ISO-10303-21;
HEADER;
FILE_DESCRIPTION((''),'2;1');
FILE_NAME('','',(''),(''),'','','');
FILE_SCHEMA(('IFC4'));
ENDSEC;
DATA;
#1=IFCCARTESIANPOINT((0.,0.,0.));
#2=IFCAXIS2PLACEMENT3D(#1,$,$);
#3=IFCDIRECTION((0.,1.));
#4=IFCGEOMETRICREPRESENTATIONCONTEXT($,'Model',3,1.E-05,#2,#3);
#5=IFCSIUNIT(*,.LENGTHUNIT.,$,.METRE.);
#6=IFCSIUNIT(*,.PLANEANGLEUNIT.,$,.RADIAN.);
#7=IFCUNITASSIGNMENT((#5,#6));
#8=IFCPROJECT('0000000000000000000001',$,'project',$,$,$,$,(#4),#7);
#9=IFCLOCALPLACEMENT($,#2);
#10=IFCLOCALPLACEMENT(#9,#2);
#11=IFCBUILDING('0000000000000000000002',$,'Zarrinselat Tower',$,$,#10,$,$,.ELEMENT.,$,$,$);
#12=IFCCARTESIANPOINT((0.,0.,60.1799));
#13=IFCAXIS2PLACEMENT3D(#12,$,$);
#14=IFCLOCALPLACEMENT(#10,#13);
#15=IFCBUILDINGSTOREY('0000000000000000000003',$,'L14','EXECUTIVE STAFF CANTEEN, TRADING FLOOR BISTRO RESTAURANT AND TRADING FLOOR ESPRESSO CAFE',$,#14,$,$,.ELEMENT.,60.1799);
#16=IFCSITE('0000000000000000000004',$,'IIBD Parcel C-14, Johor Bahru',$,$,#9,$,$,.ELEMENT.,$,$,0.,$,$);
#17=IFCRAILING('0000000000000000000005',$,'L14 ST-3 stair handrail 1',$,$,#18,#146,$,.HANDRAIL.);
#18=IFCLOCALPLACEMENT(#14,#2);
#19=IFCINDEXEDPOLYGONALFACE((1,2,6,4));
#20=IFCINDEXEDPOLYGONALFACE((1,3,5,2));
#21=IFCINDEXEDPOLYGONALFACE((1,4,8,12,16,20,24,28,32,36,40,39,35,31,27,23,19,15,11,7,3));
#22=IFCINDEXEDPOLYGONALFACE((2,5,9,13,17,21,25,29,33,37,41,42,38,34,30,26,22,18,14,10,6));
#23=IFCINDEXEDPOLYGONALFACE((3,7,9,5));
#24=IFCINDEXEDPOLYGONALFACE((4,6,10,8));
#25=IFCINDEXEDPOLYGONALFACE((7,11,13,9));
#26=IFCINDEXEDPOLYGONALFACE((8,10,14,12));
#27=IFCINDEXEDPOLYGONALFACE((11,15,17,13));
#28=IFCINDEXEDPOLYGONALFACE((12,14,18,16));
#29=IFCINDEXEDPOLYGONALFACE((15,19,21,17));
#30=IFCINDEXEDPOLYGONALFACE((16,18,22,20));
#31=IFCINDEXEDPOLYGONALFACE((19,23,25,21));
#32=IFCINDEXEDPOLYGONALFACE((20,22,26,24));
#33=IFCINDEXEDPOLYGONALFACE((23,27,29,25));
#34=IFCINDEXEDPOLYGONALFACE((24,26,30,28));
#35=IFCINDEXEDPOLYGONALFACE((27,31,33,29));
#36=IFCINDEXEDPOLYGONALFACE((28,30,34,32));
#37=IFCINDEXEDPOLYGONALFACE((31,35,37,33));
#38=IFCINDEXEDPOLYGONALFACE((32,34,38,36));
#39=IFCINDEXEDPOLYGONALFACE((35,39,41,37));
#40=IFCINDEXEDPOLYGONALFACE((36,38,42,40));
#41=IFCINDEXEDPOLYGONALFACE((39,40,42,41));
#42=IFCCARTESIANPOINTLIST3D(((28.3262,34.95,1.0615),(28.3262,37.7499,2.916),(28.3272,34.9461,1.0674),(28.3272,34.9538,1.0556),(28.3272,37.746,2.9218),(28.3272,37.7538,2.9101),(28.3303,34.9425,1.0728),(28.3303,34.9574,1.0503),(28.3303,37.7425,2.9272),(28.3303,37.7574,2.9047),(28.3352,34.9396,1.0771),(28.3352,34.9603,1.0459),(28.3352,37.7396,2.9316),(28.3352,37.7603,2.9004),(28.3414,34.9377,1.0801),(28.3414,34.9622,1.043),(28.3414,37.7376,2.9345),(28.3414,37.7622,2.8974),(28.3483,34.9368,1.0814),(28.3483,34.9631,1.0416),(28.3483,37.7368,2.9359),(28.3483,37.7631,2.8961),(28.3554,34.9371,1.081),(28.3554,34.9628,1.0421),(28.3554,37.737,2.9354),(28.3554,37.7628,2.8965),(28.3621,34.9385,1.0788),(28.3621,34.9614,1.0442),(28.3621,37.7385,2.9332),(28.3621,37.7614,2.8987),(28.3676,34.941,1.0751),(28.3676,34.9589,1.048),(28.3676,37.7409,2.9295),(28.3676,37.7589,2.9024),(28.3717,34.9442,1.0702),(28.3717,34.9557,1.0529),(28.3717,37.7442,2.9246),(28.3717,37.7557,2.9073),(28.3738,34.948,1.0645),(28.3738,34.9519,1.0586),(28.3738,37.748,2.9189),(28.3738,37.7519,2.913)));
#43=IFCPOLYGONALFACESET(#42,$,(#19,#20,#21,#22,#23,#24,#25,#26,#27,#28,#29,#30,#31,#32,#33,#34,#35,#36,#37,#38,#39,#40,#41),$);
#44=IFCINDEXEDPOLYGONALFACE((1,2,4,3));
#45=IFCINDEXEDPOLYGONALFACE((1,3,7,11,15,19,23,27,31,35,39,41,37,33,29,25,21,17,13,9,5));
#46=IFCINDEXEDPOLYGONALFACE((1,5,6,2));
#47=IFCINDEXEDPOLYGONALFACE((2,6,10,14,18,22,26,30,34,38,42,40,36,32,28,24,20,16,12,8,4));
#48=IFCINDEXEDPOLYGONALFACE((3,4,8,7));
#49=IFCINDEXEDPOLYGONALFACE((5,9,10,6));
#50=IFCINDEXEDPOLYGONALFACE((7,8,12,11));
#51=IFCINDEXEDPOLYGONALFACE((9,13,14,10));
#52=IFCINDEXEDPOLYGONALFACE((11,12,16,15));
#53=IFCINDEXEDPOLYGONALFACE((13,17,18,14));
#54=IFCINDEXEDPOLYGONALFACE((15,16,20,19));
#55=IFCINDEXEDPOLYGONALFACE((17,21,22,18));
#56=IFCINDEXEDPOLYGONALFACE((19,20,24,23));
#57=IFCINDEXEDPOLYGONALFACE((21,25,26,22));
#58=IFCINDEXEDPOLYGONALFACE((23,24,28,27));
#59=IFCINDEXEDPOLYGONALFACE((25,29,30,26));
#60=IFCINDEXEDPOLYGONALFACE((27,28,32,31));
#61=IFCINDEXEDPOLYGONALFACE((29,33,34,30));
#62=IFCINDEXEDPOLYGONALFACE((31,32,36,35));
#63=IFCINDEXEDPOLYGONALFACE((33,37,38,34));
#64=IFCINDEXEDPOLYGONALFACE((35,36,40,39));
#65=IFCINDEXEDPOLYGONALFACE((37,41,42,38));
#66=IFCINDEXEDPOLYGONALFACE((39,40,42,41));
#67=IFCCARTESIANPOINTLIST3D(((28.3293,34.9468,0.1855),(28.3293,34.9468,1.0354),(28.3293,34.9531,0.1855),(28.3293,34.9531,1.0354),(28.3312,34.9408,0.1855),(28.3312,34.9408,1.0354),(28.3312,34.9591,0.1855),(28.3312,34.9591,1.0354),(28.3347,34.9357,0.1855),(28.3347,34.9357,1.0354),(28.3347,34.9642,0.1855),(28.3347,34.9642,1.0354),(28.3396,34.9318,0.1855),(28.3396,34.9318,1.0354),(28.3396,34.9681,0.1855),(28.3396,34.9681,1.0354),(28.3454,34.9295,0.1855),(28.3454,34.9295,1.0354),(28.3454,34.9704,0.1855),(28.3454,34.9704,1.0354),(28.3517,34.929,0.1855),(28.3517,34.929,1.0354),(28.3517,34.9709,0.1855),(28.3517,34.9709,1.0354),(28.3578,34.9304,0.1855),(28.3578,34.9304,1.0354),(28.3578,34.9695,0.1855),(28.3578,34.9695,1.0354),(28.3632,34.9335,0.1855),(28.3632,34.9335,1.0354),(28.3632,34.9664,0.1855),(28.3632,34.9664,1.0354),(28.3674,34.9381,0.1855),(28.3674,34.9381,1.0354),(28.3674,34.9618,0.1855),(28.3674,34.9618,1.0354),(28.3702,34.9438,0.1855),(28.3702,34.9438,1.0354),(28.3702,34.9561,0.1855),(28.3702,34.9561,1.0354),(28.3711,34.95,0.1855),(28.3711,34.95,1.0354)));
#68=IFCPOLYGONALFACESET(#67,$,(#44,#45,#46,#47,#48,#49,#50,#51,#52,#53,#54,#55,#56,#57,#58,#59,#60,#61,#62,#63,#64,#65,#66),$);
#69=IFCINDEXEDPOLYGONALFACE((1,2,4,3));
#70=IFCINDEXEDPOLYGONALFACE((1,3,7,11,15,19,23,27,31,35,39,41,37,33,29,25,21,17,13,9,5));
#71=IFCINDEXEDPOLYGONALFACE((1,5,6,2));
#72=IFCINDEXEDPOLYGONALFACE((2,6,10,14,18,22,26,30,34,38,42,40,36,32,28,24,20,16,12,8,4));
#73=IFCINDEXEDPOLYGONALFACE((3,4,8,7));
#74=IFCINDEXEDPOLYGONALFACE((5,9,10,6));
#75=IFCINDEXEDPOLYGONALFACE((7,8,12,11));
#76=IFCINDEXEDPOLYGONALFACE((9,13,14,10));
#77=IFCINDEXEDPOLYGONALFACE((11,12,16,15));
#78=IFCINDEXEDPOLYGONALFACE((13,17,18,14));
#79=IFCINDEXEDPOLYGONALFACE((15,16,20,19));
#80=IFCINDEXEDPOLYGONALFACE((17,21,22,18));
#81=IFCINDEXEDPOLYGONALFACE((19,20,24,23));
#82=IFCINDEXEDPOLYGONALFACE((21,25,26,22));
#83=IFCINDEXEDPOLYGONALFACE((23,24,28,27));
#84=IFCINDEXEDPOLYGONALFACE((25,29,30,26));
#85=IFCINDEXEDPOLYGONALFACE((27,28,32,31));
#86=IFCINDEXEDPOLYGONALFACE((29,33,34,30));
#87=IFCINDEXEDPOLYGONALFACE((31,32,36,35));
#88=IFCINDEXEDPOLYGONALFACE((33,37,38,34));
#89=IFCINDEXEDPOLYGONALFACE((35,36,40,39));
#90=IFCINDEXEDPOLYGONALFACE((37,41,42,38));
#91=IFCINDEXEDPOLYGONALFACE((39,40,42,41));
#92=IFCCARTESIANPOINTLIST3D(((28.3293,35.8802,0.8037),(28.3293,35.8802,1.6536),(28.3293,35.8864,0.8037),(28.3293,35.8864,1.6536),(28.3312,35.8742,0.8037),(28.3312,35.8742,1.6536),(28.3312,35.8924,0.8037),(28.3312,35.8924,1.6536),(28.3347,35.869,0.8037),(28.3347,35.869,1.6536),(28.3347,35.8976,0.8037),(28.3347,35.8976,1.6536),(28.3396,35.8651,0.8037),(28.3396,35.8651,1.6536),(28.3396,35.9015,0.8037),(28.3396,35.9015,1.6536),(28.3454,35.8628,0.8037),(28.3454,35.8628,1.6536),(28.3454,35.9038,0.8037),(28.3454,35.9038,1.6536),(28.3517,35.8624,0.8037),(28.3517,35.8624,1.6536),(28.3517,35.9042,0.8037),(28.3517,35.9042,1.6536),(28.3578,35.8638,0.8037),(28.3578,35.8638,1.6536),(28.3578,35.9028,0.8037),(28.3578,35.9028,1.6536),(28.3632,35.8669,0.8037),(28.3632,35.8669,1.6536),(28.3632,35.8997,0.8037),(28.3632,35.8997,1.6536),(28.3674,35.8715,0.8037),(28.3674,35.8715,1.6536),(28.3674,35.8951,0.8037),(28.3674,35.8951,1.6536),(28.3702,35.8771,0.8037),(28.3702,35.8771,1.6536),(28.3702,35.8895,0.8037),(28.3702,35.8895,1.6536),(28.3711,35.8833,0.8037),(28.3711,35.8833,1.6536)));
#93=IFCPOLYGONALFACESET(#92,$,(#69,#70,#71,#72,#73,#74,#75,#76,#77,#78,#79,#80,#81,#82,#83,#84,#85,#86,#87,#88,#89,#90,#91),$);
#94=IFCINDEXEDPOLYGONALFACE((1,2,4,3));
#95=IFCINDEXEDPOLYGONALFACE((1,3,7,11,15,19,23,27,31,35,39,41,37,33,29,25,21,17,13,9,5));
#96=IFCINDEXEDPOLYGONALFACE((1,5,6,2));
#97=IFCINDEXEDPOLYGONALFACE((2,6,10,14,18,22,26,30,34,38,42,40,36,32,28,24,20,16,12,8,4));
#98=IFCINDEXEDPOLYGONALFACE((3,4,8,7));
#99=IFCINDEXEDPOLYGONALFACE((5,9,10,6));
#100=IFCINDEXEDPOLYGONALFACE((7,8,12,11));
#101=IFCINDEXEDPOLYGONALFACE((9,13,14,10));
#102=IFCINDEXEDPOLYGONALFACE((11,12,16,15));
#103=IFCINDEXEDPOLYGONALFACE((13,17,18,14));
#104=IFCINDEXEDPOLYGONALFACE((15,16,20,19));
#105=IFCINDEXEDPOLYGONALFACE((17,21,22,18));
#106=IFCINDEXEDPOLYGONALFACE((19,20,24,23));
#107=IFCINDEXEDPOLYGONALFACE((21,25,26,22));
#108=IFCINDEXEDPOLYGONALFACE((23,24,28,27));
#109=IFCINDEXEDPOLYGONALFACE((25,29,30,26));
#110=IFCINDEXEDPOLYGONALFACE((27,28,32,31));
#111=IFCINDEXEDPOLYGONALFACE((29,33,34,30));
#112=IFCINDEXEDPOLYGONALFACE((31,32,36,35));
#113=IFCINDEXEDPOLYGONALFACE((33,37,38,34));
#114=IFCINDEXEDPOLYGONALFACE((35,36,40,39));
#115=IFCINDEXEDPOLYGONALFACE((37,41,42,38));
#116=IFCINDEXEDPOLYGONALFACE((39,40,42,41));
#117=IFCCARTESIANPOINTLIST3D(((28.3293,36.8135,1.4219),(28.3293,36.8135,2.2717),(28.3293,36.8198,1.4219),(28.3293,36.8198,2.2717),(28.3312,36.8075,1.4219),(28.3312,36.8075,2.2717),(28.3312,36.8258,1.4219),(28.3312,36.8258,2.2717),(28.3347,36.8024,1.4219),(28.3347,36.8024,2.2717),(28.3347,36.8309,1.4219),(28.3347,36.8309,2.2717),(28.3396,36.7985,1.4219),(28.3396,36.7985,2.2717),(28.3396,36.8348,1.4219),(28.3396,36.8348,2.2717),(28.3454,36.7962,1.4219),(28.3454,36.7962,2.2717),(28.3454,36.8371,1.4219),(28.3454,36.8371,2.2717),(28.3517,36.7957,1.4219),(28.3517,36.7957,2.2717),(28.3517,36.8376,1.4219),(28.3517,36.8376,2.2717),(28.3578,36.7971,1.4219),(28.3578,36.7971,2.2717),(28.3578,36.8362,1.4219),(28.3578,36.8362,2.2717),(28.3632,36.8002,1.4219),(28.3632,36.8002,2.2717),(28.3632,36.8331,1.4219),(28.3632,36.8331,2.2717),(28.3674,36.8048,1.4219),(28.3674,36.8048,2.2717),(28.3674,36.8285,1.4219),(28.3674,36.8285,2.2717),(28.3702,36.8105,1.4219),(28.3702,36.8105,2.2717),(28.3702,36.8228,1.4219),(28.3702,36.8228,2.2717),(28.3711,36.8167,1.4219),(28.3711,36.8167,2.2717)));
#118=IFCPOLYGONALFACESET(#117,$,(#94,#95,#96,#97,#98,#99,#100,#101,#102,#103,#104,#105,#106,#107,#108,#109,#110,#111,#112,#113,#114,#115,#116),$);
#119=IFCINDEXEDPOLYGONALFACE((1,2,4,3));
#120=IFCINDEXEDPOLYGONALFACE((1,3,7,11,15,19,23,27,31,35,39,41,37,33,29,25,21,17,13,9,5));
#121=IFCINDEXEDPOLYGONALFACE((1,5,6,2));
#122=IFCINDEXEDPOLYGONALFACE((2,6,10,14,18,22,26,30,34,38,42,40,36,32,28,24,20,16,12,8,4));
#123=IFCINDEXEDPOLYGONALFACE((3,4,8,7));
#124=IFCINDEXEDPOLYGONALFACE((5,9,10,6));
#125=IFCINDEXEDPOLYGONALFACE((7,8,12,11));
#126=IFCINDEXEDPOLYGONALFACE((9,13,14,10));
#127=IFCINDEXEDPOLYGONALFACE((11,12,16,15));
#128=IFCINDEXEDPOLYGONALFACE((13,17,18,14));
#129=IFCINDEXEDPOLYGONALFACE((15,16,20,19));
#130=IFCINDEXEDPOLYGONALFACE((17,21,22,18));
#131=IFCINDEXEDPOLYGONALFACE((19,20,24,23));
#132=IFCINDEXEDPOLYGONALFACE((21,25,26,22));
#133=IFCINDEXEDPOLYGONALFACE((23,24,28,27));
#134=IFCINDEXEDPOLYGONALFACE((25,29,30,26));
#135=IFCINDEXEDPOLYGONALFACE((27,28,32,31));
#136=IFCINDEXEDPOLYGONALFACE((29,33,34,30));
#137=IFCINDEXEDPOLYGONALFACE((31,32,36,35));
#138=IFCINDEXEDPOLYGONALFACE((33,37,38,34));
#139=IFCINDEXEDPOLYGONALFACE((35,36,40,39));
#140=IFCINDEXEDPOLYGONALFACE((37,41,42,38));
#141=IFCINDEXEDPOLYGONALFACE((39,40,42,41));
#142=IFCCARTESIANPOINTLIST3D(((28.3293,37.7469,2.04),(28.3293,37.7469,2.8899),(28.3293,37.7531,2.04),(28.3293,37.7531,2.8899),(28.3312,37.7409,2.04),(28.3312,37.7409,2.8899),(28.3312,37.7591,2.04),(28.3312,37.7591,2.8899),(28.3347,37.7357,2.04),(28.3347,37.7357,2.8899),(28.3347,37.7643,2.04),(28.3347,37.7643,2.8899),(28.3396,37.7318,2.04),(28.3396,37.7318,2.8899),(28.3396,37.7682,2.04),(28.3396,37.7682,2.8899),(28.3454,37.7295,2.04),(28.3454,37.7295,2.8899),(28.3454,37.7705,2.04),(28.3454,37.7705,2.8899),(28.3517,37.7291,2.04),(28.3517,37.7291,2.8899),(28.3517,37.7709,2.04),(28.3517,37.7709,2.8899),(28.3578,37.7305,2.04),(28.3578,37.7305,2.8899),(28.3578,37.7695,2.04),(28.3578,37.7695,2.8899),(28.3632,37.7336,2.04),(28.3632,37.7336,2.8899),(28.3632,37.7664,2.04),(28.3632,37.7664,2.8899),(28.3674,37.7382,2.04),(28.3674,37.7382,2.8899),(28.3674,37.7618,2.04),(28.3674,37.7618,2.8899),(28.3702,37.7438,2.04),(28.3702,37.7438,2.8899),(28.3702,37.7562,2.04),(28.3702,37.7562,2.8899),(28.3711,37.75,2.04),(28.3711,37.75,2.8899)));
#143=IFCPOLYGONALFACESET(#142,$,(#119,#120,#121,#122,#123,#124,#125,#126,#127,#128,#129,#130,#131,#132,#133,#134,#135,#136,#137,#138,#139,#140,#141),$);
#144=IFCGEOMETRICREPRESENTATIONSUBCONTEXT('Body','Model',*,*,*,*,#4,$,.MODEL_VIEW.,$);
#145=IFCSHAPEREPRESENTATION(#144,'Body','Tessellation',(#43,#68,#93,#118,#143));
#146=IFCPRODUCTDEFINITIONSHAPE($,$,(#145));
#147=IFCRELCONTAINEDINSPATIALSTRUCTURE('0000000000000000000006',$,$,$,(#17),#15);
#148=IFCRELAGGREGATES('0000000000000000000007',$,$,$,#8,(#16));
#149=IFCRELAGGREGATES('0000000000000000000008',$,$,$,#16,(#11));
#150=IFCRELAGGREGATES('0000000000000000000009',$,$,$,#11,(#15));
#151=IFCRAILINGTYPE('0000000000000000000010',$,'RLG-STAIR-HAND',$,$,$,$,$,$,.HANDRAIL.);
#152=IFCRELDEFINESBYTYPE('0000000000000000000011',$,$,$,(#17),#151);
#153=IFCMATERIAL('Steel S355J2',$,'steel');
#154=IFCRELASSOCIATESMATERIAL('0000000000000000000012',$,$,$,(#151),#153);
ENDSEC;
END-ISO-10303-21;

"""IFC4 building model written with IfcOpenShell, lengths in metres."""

from ifc_helpers import new_model, si_unit, direction, frame, origin, origin_2d, place, context, subcontext, project, spatial, circle, extrude, material, type_object, element, save


model = new_model("IFC4")

# Units and contexts
model_context = context("Model", 3, precision=1e-05, world=origin(), true_north=direction((0.0, 1.0)))
body_context = subcontext(model_context, "Body", "Model", "MODEL_VIEW")
ifc_project = project(units=[si_unit("LENGTHUNIT", "METRE"), si_unit("PLANEANGLEUNIT", "RADIAN")], contexts=[model_context])

# Site, building, storey
site_placement = place(None, origin())
site = spatial("IfcSite", under=ifc_project, at=site_placement, Name="IIBD Parcel C-14, Johor Bahru", CompositionType="ELEMENT", RefElevation=0.0)
building_placement = place(site_placement, origin())
building = spatial("IfcBuilding", under=site, at=building_placement, Name="Zarrinselat Tower", CompositionType="ELEMENT")
storey_placement = place(building_placement, frame((0.0, 0.0, 60.1799)))
storey = spatial("IfcBuildingStorey", under=building, at=storey_placement, Name="L14", Description="EXECUTIVE STAFF CANTEEN, TRADING FLOOR BISTRO RESTAURANT AND TRADING FLOOR ESPRESSO CAFE", CompositionType="ELEMENT", Elevation=60.1799)

# Railing
ifc_material_1 = material(Name="Steel S355J2", Category="steel")
railing_type_1 = type_object("IfcRailingType", Name="RLG-STAIR-HAND", PredefinedType="HANDRAIL", material=ifc_material_1)
railing_1_placement = place(storey_placement, frame((28.3501, 34.95, 0.1855)))
element("IfcRailing", 1, at=railing_1_placement, inside=storey, type_object=railing_type_1, Name="L14 ST-3 stair handrail 1", PredefinedType="HANDRAIL", context=body_context, shape_type="SweptSolid", body=[
    extrude(circle(Radius=0.0239, at=origin_2d()), frame((0.0, 0.0, 0.876), z_axis=(0.0, 0.833724, 0.552181), x_axis=(-1.0, 0.0, 0.0)), (0.0, 0.0, 1.0), 3.3584),
    extrude(circle(Radius=0.021, at=origin_2d()), origin(), (0.0, 0.0, 1.0), 0.8499),
    extrude(circle(Radius=0.021, at=origin_2d()), frame((0.0, 0.9333, 0.6182)), (0.0, 0.0, 1.0), 0.8499),
    extrude(circle(Radius=0.021, at=origin_2d()), frame((0.0, 1.8667, 1.2363)), (0.0, 0.0, 1.0), 0.8499),
    extrude(circle(Radius=0.021, at=origin_2d()), frame((0.0, 2.8, 1.8545)), (0.0, 0.0, 1.0), 0.8499),
])

save(model, "model.ifc")
